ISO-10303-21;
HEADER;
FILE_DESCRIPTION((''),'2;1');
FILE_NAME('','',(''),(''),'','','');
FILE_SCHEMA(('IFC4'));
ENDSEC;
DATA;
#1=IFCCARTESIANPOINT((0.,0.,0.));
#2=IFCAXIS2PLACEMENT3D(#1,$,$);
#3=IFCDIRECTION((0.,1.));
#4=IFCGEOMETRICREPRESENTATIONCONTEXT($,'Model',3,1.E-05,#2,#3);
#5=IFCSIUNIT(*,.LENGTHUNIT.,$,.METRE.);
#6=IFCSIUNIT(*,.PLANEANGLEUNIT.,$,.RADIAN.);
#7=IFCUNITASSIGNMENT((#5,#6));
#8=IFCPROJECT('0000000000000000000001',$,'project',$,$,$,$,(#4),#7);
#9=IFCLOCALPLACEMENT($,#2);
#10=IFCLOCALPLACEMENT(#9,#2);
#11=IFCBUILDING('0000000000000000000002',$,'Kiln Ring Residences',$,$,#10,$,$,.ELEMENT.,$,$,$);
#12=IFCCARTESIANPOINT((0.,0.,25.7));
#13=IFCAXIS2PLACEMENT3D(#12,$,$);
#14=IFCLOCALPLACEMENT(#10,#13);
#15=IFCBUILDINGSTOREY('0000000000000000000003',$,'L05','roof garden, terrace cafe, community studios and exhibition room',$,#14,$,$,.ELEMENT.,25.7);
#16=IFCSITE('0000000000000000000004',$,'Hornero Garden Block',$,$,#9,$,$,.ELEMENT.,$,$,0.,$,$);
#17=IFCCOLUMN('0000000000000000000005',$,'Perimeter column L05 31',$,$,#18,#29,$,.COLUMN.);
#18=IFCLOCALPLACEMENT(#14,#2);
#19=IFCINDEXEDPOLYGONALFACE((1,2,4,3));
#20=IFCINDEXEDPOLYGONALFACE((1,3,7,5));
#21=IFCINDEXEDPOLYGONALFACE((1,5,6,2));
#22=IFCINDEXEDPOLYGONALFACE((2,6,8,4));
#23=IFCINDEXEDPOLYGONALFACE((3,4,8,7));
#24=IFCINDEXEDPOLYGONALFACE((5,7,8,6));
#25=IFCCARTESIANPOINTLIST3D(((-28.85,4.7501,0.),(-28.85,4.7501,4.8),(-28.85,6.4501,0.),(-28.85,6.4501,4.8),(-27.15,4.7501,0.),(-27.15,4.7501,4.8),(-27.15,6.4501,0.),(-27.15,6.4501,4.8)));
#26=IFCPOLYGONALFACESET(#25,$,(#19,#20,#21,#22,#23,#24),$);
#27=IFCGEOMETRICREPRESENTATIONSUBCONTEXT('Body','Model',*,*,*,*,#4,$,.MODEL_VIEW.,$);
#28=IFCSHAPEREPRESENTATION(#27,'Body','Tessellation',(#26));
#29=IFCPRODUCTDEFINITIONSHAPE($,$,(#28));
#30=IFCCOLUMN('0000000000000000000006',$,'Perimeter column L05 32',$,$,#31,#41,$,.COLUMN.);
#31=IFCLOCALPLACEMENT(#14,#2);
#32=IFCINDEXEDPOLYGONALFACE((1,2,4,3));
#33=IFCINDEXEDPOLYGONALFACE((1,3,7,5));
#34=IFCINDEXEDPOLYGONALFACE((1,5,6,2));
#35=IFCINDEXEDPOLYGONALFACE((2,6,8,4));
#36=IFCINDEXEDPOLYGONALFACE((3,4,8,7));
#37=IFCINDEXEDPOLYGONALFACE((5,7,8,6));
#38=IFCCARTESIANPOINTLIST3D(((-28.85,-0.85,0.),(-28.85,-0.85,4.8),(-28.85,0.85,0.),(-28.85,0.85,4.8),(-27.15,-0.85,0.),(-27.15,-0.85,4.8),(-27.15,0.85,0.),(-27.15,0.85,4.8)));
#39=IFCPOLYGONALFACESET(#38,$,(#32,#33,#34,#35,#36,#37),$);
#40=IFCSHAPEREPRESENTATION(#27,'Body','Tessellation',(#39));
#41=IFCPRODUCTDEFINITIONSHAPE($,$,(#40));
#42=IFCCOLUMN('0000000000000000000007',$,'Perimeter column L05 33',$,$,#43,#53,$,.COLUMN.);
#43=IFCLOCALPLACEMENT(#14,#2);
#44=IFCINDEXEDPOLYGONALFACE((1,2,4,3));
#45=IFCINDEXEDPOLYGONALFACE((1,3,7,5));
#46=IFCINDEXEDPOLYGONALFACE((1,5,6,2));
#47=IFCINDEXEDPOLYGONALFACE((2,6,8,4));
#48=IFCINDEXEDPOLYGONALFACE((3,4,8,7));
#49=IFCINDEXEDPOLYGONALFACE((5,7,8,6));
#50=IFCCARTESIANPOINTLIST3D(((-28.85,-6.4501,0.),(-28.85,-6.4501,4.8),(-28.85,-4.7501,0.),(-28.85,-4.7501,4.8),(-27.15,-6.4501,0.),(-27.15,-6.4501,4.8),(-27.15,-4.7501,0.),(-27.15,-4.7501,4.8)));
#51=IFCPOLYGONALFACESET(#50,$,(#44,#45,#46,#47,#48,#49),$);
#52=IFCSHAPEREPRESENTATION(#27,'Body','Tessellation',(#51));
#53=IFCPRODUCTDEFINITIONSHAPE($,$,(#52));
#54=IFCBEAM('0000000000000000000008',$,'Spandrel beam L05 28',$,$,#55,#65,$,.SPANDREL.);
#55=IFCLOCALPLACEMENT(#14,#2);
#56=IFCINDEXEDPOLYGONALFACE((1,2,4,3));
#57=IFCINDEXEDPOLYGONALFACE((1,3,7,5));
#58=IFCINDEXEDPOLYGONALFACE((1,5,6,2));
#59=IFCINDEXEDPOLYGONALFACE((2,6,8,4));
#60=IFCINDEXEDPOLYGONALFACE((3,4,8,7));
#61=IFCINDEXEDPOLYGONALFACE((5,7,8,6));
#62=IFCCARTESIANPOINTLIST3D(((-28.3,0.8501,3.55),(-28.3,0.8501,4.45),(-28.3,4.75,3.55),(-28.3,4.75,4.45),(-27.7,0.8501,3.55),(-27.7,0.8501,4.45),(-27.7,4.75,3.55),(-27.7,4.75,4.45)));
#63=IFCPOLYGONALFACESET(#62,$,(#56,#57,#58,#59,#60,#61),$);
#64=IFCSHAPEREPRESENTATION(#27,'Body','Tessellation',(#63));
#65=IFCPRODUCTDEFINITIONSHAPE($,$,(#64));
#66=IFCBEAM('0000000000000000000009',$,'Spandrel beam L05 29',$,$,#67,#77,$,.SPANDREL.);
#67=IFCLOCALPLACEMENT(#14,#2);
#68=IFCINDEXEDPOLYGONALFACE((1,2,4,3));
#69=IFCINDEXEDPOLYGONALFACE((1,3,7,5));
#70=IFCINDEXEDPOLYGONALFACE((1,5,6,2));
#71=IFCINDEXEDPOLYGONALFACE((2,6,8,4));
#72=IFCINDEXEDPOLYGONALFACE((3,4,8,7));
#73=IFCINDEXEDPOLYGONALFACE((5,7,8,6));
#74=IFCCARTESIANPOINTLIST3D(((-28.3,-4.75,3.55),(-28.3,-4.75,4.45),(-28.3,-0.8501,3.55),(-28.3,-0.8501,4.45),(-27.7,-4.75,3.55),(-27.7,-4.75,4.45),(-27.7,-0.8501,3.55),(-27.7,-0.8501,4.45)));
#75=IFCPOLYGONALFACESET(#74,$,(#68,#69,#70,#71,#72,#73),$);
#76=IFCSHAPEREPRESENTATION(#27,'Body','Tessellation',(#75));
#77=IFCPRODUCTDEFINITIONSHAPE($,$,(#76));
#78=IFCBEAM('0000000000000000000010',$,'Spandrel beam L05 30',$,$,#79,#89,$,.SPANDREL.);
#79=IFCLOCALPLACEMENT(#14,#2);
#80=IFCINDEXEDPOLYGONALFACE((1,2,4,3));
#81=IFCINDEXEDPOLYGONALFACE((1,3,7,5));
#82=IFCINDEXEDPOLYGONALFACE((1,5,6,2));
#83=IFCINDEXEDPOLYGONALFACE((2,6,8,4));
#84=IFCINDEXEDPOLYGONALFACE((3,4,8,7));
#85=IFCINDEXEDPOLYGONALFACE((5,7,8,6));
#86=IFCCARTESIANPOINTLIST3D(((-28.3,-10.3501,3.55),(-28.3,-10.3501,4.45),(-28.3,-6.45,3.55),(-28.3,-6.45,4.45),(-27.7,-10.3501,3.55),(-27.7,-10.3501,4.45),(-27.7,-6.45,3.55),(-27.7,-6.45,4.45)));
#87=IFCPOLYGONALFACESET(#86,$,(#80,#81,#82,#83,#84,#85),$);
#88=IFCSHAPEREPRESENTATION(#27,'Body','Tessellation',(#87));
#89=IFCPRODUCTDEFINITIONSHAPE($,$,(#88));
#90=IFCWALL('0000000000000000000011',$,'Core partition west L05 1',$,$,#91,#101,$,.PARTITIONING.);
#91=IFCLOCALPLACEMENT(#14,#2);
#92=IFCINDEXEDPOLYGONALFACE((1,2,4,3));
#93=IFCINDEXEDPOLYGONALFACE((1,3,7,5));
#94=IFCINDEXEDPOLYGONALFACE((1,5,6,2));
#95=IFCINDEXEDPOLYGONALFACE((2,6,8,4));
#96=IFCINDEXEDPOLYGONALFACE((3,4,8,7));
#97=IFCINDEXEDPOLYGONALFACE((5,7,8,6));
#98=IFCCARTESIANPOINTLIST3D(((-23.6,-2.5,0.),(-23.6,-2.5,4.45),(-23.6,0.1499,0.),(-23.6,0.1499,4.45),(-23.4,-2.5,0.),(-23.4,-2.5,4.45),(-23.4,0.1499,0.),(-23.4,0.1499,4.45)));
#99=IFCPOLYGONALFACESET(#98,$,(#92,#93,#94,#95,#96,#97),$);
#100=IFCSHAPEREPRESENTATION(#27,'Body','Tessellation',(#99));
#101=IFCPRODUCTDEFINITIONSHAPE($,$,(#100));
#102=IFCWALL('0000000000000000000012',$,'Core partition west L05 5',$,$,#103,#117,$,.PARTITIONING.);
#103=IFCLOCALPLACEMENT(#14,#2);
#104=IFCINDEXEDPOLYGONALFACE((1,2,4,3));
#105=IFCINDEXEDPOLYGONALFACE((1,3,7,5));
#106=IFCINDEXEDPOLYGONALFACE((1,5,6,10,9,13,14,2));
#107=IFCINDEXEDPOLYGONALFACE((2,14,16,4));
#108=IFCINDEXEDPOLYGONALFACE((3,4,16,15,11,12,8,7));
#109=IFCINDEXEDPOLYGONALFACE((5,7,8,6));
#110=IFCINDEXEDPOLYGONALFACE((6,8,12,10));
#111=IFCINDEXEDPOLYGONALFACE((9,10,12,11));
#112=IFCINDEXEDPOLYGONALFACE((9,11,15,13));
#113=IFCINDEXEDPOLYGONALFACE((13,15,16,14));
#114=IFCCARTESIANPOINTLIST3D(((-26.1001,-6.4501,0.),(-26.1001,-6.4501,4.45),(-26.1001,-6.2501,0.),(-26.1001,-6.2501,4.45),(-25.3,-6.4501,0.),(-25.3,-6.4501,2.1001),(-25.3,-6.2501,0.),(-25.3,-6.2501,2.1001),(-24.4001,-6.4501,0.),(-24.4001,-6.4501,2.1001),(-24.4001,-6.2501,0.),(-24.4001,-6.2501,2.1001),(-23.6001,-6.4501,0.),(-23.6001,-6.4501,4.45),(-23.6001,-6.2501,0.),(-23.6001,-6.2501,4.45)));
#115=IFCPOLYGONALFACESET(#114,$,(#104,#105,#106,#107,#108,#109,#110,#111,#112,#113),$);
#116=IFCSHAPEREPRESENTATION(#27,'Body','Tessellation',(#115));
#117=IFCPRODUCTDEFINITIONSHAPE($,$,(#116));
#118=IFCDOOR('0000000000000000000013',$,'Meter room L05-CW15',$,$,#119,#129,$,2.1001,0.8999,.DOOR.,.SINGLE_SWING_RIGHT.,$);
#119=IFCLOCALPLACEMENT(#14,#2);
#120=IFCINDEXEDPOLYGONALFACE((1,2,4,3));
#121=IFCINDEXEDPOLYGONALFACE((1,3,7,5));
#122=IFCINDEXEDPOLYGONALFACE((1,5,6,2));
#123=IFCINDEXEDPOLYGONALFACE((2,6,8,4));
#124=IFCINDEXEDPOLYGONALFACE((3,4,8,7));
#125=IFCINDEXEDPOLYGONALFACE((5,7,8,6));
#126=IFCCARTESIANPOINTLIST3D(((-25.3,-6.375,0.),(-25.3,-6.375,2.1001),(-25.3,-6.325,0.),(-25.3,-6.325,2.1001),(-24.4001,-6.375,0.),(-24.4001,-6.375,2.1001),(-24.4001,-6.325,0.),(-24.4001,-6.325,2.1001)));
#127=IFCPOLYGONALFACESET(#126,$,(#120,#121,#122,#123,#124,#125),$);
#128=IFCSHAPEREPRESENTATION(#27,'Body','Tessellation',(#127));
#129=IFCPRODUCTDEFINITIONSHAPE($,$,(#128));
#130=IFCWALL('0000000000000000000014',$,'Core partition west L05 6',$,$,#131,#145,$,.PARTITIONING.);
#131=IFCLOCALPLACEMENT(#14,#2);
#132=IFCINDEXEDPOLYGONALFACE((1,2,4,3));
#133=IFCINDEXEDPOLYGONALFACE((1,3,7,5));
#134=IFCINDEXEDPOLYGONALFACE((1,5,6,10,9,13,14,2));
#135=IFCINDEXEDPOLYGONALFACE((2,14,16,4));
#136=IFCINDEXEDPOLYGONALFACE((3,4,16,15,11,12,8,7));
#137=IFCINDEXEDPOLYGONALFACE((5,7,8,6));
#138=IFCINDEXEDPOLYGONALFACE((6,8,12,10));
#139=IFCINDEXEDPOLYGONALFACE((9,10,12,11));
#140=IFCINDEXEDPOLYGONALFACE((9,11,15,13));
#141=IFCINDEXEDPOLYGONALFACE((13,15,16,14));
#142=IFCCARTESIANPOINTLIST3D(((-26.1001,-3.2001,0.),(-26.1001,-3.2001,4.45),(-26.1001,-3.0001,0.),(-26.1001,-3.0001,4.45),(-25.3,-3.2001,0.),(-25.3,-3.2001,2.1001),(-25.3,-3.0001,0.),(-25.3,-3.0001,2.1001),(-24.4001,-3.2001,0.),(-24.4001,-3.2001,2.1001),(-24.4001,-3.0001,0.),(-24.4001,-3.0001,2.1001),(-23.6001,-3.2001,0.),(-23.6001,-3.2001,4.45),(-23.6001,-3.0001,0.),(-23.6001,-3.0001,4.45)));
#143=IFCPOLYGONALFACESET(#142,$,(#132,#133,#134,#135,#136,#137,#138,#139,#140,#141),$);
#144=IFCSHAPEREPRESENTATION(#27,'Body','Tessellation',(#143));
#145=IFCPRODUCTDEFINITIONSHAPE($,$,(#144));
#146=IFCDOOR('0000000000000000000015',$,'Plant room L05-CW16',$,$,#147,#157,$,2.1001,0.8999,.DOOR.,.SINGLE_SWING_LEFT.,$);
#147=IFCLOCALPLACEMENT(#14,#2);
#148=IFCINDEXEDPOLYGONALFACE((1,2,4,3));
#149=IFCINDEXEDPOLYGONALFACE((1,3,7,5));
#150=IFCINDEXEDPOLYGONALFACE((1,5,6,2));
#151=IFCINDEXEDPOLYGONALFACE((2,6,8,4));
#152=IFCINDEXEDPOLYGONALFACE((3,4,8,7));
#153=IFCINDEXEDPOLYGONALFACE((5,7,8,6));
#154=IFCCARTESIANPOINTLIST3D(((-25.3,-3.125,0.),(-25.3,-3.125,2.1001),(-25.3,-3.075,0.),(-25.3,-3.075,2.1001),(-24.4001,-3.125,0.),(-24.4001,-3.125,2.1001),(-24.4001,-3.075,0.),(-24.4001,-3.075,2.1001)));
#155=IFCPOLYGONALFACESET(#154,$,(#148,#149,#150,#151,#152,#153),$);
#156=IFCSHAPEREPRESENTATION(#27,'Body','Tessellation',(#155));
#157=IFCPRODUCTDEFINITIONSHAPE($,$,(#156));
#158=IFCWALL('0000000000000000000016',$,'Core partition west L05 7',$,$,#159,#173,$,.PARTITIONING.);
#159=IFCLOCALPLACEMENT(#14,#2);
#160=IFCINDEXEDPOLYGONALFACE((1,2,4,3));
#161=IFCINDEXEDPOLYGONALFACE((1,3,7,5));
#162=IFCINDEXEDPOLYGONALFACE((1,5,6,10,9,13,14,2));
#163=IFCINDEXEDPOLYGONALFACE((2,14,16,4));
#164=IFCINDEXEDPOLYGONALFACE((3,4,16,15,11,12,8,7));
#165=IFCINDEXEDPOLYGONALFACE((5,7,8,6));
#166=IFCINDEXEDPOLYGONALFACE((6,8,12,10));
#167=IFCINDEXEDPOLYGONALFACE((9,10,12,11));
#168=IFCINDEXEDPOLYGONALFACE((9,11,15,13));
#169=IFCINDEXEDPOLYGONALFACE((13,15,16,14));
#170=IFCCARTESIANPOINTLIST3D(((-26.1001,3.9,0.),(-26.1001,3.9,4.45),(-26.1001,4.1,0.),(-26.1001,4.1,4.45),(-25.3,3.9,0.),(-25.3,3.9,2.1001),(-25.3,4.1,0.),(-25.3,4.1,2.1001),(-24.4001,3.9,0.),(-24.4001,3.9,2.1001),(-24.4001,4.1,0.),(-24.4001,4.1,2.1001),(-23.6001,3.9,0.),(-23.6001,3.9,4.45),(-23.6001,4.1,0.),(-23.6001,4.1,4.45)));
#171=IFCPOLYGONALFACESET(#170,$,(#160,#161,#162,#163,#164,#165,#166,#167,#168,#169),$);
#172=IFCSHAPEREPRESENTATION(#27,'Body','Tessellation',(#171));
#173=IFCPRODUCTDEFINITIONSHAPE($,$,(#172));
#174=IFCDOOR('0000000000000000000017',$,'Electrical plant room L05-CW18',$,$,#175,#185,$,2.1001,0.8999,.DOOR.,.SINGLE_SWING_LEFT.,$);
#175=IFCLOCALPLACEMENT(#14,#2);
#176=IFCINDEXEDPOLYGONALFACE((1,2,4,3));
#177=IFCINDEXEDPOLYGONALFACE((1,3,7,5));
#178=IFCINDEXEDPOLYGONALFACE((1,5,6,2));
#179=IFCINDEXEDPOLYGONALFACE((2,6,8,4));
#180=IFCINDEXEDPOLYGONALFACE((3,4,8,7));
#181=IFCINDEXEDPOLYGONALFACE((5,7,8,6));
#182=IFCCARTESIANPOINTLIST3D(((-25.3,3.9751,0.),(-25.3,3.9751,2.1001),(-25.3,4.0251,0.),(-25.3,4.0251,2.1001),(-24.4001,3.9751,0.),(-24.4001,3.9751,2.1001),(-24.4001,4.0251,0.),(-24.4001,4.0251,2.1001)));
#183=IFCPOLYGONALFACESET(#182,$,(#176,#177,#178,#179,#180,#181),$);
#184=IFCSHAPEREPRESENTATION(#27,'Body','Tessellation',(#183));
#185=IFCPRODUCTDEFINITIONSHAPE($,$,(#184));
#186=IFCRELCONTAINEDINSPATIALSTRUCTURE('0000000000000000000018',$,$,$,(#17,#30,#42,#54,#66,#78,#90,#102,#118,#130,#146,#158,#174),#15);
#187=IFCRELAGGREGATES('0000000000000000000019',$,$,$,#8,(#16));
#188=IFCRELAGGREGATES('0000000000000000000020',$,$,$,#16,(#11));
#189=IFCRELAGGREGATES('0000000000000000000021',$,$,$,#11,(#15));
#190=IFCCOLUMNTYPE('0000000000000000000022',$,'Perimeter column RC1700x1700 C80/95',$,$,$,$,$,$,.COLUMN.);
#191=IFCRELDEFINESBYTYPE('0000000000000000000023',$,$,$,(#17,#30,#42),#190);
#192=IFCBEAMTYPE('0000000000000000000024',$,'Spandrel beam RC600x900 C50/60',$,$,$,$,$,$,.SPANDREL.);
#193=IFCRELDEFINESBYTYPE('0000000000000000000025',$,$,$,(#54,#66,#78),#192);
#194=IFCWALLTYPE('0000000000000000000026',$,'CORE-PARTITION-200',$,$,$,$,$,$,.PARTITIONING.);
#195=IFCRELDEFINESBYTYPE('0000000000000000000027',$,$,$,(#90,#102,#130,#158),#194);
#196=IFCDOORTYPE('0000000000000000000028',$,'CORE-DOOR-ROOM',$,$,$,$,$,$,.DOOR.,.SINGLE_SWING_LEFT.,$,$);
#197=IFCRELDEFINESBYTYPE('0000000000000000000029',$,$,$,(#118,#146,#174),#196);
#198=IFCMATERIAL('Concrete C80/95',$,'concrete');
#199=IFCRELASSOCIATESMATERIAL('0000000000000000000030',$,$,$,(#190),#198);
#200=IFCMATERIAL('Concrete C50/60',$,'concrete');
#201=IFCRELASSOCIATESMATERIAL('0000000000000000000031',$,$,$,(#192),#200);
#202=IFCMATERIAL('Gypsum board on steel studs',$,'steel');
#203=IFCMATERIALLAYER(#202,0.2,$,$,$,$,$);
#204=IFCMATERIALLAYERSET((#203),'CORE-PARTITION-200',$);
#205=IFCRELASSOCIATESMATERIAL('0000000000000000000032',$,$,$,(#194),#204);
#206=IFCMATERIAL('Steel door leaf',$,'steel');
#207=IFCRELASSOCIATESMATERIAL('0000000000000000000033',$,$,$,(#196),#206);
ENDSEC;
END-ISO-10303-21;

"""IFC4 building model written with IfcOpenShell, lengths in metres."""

from ifc_helpers import new_model, si_unit, direction, frame, frame_2d, origin, origin_2d, place, context, subcontext, project, spatial, rectangle, extrude, material, layer, layer_set, material_profile, profile_set, type_object, element, fill, save


model = new_model("IFC4")

# Units and contexts
model_context = context("Model", 3, precision=1e-05, world=origin(), true_north=direction((0.0, 1.0)))
body_context = subcontext(model_context, "Body", "Model", "MODEL_VIEW")
ifc_project = project(units=[si_unit("LENGTHUNIT", "METRE"), si_unit("PLANEANGLEUNIT", "RADIAN")], contexts=[model_context])

# Site, building, storey
site_placement = place(None, origin())
site = spatial("IfcSite", under=ifc_project, at=site_placement, Name="Hornero Garden Block", CompositionType="ELEMENT", RefElevation=0.0)
building_placement = place(site_placement, origin())
building = spatial("IfcBuilding", under=site, at=building_placement, Name="Kiln Ring Residences", CompositionType="ELEMENT")
storey_placement = place(building_placement, frame((0.0, 0.0, 25.7)))
storey = spatial("IfcBuildingStorey", under=building, at=storey_placement, Name="L05", Description="roof garden, terrace cafe, community studios and exhibition room", CompositionType="ELEMENT", Elevation=25.7)

# Columns
ifc_material_1 = material(Name="Concrete C80/95", Category="concrete")
ifc_material_profile_1 = material_profile(ifc_material_1, rectangle(XDim=1.7, YDim=1.7, at=origin_2d()), Name="RC1700x1700")
ifc_profile_set_1 = profile_set([ifc_material_profile_1], Name="Concrete C80/95")
column_type = type_object("IfcColumnType", Name="Perimeter column RC1700x1700 C80/95", PredefinedType="COLUMN", material=ifc_profile_set_1)
for number, where, z_axis, x_axis, name in (
    (1, (-28.0, 5.6001, 0.0), (0.0, 0.0, 1.0), (1.0, 0.0, 0.0), "Perimeter column L05 31"),
    (2, (-28.0, 0.0, 0.0), (0.0, 0.0, 1.0), (1.0, 0.0, 0.0), "Perimeter column L05 32"),
    (3, (-28.0, -5.6001, 0.0), (0.0, 0.0, 1.0), (1.0, 0.0, 0.0), "Perimeter column L05 33"),
):
    element("IfcColumn", number, at=place(storey_placement, frame(where, z_axis=z_axis, x_axis=x_axis)), inside=storey, type_object=column_type, Name=name, PredefinedType="COLUMN", context=body_context, shape_type="SweptSolid", body=[
        extrude(rectangle(XDim=1.7, YDim=1.7, at=origin_2d()), origin(), (0.0, 0.0, 1.0), 4.8),
    ])

# Beams
ifc_material_2 = material(Name="Concrete C50/60", Category="concrete")
ifc_material_profile_2 = material_profile(ifc_material_2, rectangle(XDim=0.6001, YDim=0.8999, at=origin_2d()), Name="RC600x900")
ifc_profile_set_2 = profile_set([ifc_material_profile_2], Name="Concrete C50/60")
beam_type = type_object("IfcBeamType", Name="Spandrel beam RC600x900 C50/60", PredefinedType="SPANDREL", material=ifc_profile_set_2)
for number, where, z_axis, x_axis, name in (
    (4, (-28.0, 4.75, 4.0), (0.0, -1.0, 0.0), (1.0, 0.0, 0.0), "Spandrel beam L05 28"),
    (5, (-28.0, -0.8501, 4.0), (0.0, -1.0, 0.0), (1.0, 0.0, 0.0), "Spandrel beam L05 29"),
):
    element("IfcBeam", number, at=place(storey_placement, frame(where, z_axis=z_axis, x_axis=x_axis)), inside=storey, type_object=beam_type, Name=name, PredefinedType="SPANDREL", context=body_context, shape_type="SweptSolid", body=[
        extrude(rectangle(XDim=0.6001, YDim=0.8999, at=origin_2d()), origin(), (0.0, 0.0, 1.0), 3.8999),
    ])
beam_placement = place(storey_placement, frame((-28.0, -6.45, 4.0), z_axis=(0.0, -1.0, 0.0), x_axis=(1.0, 0.0, 0.0)))
element("IfcBeam", 6, at=beam_placement, inside=storey, type_object=beam_type, Name="Spandrel beam L05 30", PredefinedType="SPANDREL", context=body_context, shape_type="SweptSolid", body=[
    extrude(rectangle(XDim=0.6001, YDim=0.8999, at=origin_2d()), origin(), (0.0, 0.0, 1.0), 3.9001),
])

# Wall
ifc_material_3 = material(Name="Gypsum board on steel studs", Category="steel")
ifc_layer_1 = layer(ifc_material_3, 0.2)
ifc_layer_set_1 = layer_set([ifc_layer_1], Name="CORE-PARTITION-200")
wall_type_1 = type_object("IfcWallType", Name="CORE-PARTITION-200", PredefinedType="PARTITIONING", material=ifc_layer_set_1)
wall_1_placement = place(storey_placement, frame((-23.5, -2.5, 0.0), z_axis=(0.0, 0.0, 1.0), x_axis=(0.0, 1.0, 0.0)))
element("IfcWall", 7, at=wall_1_placement, inside=storey, type_object=wall_type_1, Name="Core partition west L05 1", PredefinedType="PARTITIONING", context=body_context, shape_type="SweptSolid", body=[
    extrude(rectangle(XDim=2.6499, YDim=0.2, at=frame_2d((1.325, 0.0))), origin(), (0.0, 0.0, 1.0), 4.45),
])

# Walls, openings, doors
wall_2_placement = place(storey_placement, frame((-23.6001, -6.3501, 0.0), z_axis=(0.0, 0.0, 1.0), x_axis=(-1.0, 0.0, 0.0)))
wall_2 = element("IfcWall", 8, at=wall_2_placement, inside=storey, type_object=wall_type_1, Name="Core partition west L05 5", PredefinedType="PARTITIONING", context=body_context, shape_type="SweptSolid", body=[
    extrude(rectangle(XDim=2.5, YDim=0.2, at=frame_2d((1.25, 0.0))), origin(), (0.0, 0.0, 1.0), 4.45),
])
opening_1_placement = place(wall_2_placement, frame((0.8, 0.0, 0.0)))
opening_1 = element("IfcOpeningElement", 9, at=opening_1_placement, cuts=wall_2, PredefinedType="OPENING", context=body_context, shape_type="SweptSolid", body=[
    extrude(rectangle(XDim=0.8999, YDim=2.1001, at=frame_2d((0.45, 1.05))), frame((0.0, 0.1099, 0.0), z_axis=(0.0, -1.0, 0.0), x_axis=(1.0, 0.0, 0.0)), (0.0, 0.0, 1.0), 0.22),
])
ifc_material_4 = material(Name="Steel door leaf", Category="steel")
door_type = type_object("IfcDoorType", Name="CORE-DOOR-ROOM", OperationType="SINGLE_SWING_LEFT", PredefinedType="DOOR", material=ifc_material_4)
door_1_placement = place(opening_1_placement, origin())
door_1 = element("IfcDoor", 10, at=door_1_placement, inside=storey, type_object=door_type, Name="Meter room L05-CW15", OperationType="SINGLE_SWING_RIGHT", OverallHeight=2.1001, OverallWidth=0.8999, PredefinedType="DOOR", context=body_context, shape_type="SweptSolid", body=[
    extrude(rectangle(XDim=0.8999, YDim=2.1001, at=frame_2d((0.45, 1.05))), frame((0.0, 0.0249, 0.0), z_axis=(0.0, -1.0, 0.0), x_axis=(1.0, 0.0, 0.0)), (0.0, 0.0, 1.0), 0.05),
])
fill(opening_1, door_1)
wall_3_placement = place(storey_placement, frame((-23.6001, -3.1001, 0.0), z_axis=(0.0, 0.0, 1.0), x_axis=(-1.0, 0.0, 0.0)))
wall_3 = element("IfcWall", 11, at=wall_3_placement, inside=storey, type_object=wall_type_1, Name="Core partition west L05 6", PredefinedType="PARTITIONING", context=body_context, shape_type="SweptSolid", body=[
    extrude(rectangle(XDim=2.5, YDim=0.2, at=frame_2d((1.25, 0.0))), origin(), (0.0, 0.0, 1.0), 4.45),
])
opening_2_placement = place(wall_3_placement, frame((0.8, 0.0, 0.0)))
opening_2 = element("IfcOpeningElement", 12, at=opening_2_placement, cuts=wall_3, PredefinedType="OPENING", context=body_context, shape_type="SweptSolid", body=[
    extrude(rectangle(XDim=0.8999, YDim=2.1001, at=frame_2d((0.45, 1.05))), frame((0.0, 0.1099, 0.0), z_axis=(0.0, -1.0, 0.0), x_axis=(1.0, 0.0, 0.0)), (0.0, 0.0, 1.0), 0.22),
])
door_2_placement = place(opening_2_placement, origin())
door_2 = element("IfcDoor", 13, at=door_2_placement, inside=storey, type_object=door_type, Name="Plant room L05-CW16", OperationType="SINGLE_SWING_LEFT", OverallHeight=2.1001, OverallWidth=0.8999, PredefinedType="DOOR", context=body_context, shape_type="SweptSolid", body=[
    extrude(rectangle(XDim=0.8999, YDim=2.1001, at=frame_2d((0.45, 1.05))), frame((0.0, 0.0249, 0.0), z_axis=(0.0, -1.0, 0.0), x_axis=(1.0, 0.0, 0.0)), (0.0, 0.0, 1.0), 0.05),
])
fill(opening_2, door_2)
wall_4_placement = place(storey_placement, frame((-23.6001, 4.0, 0.0), z_axis=(0.0, 0.0, 1.0), x_axis=(-1.0, 0.0, 0.0)))
wall_4 = element("IfcWall", 14, at=wall_4_placement, inside=storey, type_object=wall_type_1, Name="Core partition west L05 7", PredefinedType="PARTITIONING", context=body_context, shape_type="SweptSolid", body=[
    extrude(rectangle(XDim=2.5, YDim=0.2, at=frame_2d((1.25, 0.0))), origin(), (0.0, 0.0, 1.0), 4.45),
])
opening_3_placement = place(wall_4_placement, frame((0.8, 0.0, 0.0)))
opening_3 = element("IfcOpeningElement", 15, at=opening_3_placement, cuts=wall_4, PredefinedType="OPENING", context=body_context, shape_type="SweptSolid", body=[
    extrude(rectangle(XDim=0.8999, YDim=2.1001, at=frame_2d((0.45, 1.05))), frame((0.0, 0.1099, 0.0), z_axis=(0.0, -1.0, 0.0), x_axis=(1.0, 0.0, 0.0)), (0.0, 0.0, 1.0), 0.22),
])
door_3_placement = place(opening_3_placement, origin())
door_3 = element("IfcDoor", 16, at=door_3_placement, inside=storey, type_object=door_type, Name="Electrical plant room L05-CW18", OperationType="SINGLE_SWING_LEFT", OverallHeight=2.1001, OverallWidth=0.8999, PredefinedType="DOOR", context=body_context, shape_type="SweptSolid", body=[
    extrude(rectangle(XDim=0.8999, YDim=2.1001, at=frame_2d((0.45, 1.05))), frame((0.0, 0.0249, 0.0), z_axis=(0.0, -1.0, 0.0), x_axis=(1.0, 0.0, 0.0)), (0.0, 0.0, 1.0), 0.05),
])
fill(opening_3, door_3)

save(model, "model.ifc")
